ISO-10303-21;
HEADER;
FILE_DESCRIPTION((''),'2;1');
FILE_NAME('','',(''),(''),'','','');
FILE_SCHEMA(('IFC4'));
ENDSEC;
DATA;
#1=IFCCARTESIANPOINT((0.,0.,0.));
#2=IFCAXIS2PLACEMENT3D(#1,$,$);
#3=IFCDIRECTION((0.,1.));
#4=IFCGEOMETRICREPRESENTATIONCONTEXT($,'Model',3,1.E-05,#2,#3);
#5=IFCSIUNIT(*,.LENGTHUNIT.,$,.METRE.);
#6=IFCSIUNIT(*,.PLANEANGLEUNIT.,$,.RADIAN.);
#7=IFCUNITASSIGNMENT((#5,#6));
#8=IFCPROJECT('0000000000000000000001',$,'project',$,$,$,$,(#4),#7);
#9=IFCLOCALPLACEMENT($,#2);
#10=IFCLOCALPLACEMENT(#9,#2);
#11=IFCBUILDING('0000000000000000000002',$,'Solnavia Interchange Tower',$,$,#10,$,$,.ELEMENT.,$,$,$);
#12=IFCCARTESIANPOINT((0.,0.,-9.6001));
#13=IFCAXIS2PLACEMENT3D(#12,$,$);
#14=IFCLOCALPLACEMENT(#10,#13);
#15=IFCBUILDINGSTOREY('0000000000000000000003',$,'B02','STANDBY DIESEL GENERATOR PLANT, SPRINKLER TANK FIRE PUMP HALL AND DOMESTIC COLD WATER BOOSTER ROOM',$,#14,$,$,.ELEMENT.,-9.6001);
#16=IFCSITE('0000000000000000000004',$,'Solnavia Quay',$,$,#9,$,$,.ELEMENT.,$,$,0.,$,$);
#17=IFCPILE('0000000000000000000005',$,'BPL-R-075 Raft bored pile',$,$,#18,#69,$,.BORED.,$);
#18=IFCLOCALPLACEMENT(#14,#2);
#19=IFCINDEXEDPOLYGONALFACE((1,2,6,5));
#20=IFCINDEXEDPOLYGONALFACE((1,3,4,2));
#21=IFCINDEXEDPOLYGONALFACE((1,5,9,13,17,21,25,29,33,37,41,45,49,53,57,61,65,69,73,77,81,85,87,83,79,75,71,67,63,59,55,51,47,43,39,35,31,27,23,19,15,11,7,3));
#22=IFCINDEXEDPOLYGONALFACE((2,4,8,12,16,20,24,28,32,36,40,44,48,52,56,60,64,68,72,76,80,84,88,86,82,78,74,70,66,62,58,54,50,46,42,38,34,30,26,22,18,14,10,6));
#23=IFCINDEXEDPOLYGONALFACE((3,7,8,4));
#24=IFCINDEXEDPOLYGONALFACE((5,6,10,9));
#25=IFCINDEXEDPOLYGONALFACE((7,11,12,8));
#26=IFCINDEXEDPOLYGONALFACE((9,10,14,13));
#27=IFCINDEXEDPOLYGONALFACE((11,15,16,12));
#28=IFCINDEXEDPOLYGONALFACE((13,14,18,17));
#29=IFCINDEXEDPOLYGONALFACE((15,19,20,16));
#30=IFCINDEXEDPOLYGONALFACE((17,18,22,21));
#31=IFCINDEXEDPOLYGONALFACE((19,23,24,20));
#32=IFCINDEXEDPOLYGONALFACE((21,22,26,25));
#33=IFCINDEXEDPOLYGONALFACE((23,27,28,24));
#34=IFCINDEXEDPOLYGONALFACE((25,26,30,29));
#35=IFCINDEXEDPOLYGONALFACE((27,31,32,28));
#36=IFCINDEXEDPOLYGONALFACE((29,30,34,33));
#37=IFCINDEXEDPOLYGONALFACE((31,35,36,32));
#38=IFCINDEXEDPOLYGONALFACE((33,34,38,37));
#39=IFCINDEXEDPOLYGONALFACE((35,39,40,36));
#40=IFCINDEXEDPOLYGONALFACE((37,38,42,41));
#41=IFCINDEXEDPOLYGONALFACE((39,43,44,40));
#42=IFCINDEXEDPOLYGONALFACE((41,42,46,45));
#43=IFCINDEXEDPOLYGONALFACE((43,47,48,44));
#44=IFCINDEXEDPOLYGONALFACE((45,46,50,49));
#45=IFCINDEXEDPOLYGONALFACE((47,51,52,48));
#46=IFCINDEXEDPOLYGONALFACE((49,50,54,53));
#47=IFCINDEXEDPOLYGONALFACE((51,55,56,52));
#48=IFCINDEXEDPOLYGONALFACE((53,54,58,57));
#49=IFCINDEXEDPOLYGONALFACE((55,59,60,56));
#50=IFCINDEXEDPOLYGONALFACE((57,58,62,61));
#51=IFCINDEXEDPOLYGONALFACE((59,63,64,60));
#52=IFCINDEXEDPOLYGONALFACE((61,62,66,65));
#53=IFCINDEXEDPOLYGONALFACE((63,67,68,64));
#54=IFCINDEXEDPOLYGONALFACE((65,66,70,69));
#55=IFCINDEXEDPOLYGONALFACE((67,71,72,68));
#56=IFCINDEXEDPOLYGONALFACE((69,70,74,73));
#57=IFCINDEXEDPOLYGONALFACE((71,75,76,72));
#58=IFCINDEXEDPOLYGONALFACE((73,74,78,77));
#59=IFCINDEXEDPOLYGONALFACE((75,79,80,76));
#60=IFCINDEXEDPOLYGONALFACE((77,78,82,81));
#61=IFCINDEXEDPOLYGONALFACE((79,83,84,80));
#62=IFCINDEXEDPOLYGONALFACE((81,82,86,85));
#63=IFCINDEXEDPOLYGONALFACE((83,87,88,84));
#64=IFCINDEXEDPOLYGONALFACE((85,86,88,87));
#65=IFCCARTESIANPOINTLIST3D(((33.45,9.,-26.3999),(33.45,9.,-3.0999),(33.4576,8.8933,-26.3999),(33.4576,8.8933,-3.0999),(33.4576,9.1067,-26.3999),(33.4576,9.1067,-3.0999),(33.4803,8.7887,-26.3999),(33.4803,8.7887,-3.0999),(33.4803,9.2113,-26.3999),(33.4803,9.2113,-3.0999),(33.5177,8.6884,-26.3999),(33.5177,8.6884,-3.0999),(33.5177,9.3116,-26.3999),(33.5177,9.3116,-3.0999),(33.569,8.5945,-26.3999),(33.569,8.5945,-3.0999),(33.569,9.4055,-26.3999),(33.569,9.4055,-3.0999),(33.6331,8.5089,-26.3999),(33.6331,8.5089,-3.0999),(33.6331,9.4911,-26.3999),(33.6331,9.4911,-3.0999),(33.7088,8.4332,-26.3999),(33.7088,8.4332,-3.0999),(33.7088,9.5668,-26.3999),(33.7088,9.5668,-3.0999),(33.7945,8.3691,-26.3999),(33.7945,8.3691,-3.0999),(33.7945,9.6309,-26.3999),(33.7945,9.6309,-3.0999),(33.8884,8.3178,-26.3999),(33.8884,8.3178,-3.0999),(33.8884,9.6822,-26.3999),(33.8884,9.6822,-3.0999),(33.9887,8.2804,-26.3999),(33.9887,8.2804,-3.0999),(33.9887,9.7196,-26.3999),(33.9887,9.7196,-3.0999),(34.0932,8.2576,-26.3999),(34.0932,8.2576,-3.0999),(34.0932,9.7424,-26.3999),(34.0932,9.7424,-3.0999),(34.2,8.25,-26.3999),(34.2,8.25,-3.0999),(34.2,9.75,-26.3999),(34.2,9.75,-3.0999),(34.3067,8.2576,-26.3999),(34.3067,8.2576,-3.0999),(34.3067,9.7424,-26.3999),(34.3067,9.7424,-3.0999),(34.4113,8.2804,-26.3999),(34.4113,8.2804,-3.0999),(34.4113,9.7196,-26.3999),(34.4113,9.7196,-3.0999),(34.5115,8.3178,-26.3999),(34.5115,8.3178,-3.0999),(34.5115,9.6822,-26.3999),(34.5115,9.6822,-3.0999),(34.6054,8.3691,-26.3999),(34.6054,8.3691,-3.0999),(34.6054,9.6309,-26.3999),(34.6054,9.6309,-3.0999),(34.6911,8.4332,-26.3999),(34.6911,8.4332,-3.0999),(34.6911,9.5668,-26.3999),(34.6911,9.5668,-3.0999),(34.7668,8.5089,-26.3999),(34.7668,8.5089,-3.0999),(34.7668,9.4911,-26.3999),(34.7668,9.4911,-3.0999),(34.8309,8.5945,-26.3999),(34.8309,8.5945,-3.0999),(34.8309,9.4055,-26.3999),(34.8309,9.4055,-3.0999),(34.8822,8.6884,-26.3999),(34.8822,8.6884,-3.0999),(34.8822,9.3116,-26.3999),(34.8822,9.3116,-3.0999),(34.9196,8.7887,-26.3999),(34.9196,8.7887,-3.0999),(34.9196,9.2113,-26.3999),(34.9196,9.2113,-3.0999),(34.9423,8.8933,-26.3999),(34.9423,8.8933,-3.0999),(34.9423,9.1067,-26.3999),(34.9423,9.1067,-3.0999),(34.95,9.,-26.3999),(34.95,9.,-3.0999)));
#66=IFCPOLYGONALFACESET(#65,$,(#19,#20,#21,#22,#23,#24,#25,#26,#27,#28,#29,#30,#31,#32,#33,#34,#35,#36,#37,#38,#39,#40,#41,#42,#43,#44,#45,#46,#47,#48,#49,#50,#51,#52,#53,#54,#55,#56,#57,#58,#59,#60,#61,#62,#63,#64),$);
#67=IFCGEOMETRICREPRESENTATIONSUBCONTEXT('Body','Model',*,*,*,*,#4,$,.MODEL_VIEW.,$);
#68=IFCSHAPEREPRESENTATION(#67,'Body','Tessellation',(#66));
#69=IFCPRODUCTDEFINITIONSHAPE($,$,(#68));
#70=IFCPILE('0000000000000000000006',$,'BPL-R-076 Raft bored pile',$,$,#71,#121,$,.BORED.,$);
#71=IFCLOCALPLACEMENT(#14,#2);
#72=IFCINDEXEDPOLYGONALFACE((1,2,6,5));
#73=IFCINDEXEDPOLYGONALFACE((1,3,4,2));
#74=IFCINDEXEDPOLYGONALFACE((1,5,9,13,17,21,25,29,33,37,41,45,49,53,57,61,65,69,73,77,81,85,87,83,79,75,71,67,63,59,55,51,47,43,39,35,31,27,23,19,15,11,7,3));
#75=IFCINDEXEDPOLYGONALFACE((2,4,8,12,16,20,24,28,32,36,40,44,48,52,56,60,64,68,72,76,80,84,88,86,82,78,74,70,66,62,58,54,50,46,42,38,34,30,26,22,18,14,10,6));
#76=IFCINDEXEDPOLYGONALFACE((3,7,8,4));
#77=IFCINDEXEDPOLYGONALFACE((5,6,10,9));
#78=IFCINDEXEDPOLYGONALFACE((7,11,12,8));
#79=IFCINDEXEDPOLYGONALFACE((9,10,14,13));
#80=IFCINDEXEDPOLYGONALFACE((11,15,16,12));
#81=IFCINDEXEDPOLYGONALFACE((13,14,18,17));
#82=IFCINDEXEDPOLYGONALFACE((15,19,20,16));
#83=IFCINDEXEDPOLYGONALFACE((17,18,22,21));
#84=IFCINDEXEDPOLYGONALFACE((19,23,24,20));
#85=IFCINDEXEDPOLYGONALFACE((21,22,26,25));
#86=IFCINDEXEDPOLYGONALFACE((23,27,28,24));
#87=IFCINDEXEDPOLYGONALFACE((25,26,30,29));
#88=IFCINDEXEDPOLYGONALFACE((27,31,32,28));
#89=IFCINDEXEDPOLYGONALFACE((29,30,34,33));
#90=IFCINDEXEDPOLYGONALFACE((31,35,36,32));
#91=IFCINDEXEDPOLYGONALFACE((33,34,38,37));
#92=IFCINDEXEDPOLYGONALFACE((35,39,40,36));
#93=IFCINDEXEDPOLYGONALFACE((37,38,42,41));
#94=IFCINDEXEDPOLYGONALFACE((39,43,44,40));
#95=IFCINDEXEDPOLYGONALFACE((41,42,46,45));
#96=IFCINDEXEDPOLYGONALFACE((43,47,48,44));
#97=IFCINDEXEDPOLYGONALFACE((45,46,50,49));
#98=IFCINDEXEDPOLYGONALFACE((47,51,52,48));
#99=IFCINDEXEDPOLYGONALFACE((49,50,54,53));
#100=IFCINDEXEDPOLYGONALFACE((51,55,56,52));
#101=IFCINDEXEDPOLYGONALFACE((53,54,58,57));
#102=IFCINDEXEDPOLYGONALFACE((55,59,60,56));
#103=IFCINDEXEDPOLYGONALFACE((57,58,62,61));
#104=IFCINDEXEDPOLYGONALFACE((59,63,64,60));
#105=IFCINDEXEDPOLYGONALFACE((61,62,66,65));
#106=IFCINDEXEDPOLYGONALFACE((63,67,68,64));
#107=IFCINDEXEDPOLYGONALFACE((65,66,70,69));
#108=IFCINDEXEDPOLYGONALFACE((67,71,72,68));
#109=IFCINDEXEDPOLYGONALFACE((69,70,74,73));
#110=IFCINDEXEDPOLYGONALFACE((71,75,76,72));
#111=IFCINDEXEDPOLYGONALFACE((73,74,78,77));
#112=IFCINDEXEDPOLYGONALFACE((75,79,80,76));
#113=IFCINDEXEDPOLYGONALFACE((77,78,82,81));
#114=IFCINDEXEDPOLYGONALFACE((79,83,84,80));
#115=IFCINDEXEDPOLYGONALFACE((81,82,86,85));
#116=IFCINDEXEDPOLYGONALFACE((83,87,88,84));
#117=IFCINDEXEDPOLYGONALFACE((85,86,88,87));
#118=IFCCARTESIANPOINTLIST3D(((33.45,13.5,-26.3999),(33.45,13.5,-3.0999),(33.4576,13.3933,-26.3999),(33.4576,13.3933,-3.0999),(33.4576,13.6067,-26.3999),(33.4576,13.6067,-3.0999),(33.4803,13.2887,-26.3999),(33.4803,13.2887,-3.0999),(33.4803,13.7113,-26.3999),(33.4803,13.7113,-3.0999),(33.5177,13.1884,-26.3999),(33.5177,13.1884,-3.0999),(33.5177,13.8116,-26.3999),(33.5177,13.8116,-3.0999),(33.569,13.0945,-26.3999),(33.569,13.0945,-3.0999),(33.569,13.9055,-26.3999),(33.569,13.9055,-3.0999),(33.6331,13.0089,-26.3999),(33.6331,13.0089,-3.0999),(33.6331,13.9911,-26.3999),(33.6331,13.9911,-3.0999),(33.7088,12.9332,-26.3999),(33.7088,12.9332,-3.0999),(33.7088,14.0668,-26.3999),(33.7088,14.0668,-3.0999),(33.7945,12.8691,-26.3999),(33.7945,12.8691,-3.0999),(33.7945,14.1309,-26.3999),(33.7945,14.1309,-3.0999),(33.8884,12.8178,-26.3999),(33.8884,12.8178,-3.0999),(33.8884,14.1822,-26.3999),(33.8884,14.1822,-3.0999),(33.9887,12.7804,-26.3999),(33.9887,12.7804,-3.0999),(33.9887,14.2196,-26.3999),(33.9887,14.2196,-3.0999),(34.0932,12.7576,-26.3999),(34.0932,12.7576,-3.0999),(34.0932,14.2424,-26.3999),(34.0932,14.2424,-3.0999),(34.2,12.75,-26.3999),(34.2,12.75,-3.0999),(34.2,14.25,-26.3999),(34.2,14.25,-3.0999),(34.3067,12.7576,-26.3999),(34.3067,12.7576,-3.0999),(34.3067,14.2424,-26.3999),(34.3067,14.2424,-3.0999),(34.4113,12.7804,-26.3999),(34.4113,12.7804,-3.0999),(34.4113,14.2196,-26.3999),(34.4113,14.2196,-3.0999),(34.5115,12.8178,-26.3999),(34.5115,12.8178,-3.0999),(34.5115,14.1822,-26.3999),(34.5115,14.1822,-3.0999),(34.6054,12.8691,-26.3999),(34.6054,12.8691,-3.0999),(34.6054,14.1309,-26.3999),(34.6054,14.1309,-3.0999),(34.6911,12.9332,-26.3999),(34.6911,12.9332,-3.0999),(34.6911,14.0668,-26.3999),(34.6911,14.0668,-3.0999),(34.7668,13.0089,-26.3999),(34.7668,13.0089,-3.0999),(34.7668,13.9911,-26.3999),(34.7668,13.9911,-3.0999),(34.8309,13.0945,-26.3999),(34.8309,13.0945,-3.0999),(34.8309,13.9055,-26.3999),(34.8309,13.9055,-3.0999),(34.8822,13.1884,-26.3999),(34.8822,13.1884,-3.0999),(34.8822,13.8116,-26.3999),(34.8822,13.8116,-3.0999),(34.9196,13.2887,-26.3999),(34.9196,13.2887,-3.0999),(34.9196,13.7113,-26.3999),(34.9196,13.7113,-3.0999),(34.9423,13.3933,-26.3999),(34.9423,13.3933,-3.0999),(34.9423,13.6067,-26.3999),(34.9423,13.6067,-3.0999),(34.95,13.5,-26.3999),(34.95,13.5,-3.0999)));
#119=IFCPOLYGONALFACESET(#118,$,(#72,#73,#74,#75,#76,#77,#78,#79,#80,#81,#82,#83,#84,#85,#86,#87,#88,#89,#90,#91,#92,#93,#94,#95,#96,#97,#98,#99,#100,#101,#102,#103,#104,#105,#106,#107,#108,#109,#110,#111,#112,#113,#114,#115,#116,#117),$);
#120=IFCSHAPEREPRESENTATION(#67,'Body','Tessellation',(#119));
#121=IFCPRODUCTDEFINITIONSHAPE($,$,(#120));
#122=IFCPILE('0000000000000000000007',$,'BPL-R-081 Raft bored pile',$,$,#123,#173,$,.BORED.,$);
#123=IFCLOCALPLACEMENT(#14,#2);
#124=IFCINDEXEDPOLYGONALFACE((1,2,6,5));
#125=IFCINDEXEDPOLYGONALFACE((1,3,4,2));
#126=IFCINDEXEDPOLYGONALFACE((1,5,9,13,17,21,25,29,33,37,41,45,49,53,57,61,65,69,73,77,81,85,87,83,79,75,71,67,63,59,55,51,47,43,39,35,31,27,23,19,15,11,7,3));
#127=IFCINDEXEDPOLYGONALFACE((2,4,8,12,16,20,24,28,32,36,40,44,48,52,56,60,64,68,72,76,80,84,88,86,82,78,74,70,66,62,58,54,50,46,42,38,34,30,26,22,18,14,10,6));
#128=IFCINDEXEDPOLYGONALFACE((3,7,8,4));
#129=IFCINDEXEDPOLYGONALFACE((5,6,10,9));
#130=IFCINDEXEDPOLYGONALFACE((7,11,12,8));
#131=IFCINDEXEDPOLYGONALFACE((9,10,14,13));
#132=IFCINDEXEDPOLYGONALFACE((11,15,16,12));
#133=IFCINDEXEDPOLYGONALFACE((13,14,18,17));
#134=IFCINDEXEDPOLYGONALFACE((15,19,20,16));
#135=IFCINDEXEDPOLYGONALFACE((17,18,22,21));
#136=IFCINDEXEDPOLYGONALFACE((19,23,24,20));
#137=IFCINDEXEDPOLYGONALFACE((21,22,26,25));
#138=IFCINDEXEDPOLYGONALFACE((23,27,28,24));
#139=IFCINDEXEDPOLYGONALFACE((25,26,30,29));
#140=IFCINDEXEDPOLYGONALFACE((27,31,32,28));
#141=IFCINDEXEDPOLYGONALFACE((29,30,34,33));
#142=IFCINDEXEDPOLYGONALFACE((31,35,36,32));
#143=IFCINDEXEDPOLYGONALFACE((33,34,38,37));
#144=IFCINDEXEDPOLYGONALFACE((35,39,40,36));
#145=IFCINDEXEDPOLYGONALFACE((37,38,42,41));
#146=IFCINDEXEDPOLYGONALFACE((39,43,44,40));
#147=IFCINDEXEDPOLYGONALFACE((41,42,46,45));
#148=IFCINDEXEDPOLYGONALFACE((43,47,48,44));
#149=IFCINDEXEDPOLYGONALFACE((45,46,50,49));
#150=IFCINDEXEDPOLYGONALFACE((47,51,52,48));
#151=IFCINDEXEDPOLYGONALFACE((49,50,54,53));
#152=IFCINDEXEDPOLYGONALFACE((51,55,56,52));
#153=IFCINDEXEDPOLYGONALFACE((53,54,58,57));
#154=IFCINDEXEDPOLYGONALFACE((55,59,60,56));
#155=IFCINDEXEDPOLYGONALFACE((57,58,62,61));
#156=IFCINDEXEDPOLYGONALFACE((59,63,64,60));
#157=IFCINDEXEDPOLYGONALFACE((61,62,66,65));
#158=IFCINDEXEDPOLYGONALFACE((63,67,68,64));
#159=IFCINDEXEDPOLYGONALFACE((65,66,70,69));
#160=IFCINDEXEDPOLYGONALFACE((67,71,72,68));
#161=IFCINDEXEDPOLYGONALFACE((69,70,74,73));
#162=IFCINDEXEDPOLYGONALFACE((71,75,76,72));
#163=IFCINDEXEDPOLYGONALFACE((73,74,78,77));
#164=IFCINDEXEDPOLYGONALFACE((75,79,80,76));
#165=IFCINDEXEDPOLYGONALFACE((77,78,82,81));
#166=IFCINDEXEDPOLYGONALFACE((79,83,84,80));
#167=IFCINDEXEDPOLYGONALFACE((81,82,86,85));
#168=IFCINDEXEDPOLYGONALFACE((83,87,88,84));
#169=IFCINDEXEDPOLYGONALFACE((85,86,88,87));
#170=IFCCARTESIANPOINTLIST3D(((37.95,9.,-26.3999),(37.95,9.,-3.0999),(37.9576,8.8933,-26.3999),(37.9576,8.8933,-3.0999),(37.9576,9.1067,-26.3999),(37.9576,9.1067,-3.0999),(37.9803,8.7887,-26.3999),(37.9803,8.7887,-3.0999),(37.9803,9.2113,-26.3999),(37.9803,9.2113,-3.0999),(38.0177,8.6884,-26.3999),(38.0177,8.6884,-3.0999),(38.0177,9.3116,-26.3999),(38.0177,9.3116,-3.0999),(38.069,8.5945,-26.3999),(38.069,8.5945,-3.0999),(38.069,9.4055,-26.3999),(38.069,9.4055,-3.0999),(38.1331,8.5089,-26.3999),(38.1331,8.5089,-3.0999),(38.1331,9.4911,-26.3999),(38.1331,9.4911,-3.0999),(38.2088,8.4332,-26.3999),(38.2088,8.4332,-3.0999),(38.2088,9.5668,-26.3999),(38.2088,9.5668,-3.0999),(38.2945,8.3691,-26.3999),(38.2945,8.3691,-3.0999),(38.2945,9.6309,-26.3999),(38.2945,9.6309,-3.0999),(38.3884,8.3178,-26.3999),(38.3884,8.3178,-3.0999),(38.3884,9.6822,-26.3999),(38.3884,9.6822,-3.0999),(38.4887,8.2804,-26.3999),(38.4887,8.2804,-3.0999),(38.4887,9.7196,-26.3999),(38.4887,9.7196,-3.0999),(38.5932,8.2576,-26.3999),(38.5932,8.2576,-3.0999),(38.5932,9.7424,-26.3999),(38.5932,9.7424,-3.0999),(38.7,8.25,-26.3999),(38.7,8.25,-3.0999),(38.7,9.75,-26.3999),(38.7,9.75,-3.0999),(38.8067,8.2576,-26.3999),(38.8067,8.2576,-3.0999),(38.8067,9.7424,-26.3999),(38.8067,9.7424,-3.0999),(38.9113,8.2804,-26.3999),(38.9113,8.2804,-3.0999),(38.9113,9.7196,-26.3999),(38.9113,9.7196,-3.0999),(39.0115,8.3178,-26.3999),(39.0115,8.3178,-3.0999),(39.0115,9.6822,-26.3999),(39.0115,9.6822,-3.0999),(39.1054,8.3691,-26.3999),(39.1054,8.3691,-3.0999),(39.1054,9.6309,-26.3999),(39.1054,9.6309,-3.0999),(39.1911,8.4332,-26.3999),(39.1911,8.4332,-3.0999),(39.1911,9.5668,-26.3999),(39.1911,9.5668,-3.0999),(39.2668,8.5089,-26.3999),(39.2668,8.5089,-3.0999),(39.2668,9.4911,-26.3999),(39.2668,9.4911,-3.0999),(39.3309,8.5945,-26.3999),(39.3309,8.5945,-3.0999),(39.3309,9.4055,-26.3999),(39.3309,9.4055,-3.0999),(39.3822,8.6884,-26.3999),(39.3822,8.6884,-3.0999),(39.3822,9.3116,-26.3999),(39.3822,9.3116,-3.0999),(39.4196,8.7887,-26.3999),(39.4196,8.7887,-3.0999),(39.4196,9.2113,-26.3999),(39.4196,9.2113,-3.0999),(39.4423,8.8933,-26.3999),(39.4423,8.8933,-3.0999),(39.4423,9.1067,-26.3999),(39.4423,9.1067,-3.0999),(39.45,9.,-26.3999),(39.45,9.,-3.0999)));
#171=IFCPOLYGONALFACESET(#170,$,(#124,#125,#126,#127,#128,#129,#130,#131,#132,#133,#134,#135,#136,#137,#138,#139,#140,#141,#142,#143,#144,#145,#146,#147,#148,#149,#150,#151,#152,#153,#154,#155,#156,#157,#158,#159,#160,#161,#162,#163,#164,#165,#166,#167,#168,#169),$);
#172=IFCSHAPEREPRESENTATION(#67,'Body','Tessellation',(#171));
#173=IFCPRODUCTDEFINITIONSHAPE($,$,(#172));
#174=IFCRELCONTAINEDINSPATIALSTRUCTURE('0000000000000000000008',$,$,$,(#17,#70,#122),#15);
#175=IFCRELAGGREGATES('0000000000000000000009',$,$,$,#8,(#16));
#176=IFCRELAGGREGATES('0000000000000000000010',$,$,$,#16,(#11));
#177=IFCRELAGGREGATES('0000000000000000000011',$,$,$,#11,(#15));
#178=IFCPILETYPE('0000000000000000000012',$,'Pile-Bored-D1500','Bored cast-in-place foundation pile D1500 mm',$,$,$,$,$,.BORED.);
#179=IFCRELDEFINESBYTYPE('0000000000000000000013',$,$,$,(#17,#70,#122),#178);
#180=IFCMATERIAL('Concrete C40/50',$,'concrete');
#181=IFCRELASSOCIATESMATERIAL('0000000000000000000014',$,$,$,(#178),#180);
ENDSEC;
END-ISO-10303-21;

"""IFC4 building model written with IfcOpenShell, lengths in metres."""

from ifc_helpers import new_model, si_unit, direction, frame, origin, origin_2d, place, context, subcontext, project, spatial, circle, extrude, material, material_profile, profile_set, type_object, element, save


model = new_model("IFC4")

# Units and contexts
model_context = context("Model", 3, precision=1e-05, world=origin(), true_north=direction((0.0, 1.0)))
body_context = subcontext(model_context, "Body", "Model", "MODEL_VIEW")
ifc_project = project(units=[si_unit("LENGTHUNIT", "METRE"), si_unit("PLANEANGLEUNIT", "RADIAN")], contexts=[model_context])

# Site, building, storey
site_placement = place(None, origin())
site = spatial("IfcSite", under=ifc_project, at=site_placement, Name="Solnavia Quay", CompositionType="ELEMENT", RefElevation=0.0)
building_placement = place(site_placement, origin())
building = spatial("IfcBuilding", under=site, at=building_placement, Name="Solnavia Interchange Tower", CompositionType="ELEMENT")
storey_placement = place(building_placement, frame((0.0, 0.0, -9.6001)))
storey = spatial("IfcBuildingStorey", under=building, at=storey_placement, Name="B02", Description="STANDBY DIESEL GENERATOR PLANT, SPRINKLER TANK FIRE PUMP HALL AND DOMESTIC COLD WATER BOOSTER ROOM", CompositionType="ELEMENT", Elevation=-9.6001)

# Piles
ifc_material_1 = material(Name="Concrete C40/50", Category="concrete")
ifc_material_profile_1 = material_profile(ifc_material_1, circle(Radius=0.75, at=origin_2d()), Name="PILE D1500")
ifc_profile_set_1 = profile_set([ifc_material_profile_1], Name="Concrete C40/50")
pile_type = type_object("IfcPileType", Name="Pile-Bored-D1500", Description="Bored cast-in-place foundation pile D1500 mm", PredefinedType="BORED", material=ifc_profile_set_1)
for number, where, z_axis, x_axis, name in (
    (1, (34.2, 9.0, -3.0999), (0.0, 0.0, -1.0), (1.0, 0.0, 0.0), "BPL-R-075 Raft bored pile"),
    (2, (34.2, 13.5, -3.0999), (0.0, 0.0, -1.0), (1.0, 0.0, 0.0), "BPL-R-076 Raft bored pile"),
    (3, (38.7, 9.0, -3.0999), (0.0, 0.0, -1.0), (1.0, 0.0, 0.0), "BPL-R-081 Raft bored pile"),
):
    element("IfcPile", number, at=place(storey_placement, frame(where, z_axis=z_axis, x_axis=x_axis)), inside=storey, type_object=pile_type, Name=name, PredefinedType="BORED", context=body_context, shape_type="SweptSolid", body=[
        extrude(circle(Radius=0.75, at=origin_2d()), origin(), (0.0, 0.0, 1.0), 23.3),
    ])

save(model, "model.ifc")
